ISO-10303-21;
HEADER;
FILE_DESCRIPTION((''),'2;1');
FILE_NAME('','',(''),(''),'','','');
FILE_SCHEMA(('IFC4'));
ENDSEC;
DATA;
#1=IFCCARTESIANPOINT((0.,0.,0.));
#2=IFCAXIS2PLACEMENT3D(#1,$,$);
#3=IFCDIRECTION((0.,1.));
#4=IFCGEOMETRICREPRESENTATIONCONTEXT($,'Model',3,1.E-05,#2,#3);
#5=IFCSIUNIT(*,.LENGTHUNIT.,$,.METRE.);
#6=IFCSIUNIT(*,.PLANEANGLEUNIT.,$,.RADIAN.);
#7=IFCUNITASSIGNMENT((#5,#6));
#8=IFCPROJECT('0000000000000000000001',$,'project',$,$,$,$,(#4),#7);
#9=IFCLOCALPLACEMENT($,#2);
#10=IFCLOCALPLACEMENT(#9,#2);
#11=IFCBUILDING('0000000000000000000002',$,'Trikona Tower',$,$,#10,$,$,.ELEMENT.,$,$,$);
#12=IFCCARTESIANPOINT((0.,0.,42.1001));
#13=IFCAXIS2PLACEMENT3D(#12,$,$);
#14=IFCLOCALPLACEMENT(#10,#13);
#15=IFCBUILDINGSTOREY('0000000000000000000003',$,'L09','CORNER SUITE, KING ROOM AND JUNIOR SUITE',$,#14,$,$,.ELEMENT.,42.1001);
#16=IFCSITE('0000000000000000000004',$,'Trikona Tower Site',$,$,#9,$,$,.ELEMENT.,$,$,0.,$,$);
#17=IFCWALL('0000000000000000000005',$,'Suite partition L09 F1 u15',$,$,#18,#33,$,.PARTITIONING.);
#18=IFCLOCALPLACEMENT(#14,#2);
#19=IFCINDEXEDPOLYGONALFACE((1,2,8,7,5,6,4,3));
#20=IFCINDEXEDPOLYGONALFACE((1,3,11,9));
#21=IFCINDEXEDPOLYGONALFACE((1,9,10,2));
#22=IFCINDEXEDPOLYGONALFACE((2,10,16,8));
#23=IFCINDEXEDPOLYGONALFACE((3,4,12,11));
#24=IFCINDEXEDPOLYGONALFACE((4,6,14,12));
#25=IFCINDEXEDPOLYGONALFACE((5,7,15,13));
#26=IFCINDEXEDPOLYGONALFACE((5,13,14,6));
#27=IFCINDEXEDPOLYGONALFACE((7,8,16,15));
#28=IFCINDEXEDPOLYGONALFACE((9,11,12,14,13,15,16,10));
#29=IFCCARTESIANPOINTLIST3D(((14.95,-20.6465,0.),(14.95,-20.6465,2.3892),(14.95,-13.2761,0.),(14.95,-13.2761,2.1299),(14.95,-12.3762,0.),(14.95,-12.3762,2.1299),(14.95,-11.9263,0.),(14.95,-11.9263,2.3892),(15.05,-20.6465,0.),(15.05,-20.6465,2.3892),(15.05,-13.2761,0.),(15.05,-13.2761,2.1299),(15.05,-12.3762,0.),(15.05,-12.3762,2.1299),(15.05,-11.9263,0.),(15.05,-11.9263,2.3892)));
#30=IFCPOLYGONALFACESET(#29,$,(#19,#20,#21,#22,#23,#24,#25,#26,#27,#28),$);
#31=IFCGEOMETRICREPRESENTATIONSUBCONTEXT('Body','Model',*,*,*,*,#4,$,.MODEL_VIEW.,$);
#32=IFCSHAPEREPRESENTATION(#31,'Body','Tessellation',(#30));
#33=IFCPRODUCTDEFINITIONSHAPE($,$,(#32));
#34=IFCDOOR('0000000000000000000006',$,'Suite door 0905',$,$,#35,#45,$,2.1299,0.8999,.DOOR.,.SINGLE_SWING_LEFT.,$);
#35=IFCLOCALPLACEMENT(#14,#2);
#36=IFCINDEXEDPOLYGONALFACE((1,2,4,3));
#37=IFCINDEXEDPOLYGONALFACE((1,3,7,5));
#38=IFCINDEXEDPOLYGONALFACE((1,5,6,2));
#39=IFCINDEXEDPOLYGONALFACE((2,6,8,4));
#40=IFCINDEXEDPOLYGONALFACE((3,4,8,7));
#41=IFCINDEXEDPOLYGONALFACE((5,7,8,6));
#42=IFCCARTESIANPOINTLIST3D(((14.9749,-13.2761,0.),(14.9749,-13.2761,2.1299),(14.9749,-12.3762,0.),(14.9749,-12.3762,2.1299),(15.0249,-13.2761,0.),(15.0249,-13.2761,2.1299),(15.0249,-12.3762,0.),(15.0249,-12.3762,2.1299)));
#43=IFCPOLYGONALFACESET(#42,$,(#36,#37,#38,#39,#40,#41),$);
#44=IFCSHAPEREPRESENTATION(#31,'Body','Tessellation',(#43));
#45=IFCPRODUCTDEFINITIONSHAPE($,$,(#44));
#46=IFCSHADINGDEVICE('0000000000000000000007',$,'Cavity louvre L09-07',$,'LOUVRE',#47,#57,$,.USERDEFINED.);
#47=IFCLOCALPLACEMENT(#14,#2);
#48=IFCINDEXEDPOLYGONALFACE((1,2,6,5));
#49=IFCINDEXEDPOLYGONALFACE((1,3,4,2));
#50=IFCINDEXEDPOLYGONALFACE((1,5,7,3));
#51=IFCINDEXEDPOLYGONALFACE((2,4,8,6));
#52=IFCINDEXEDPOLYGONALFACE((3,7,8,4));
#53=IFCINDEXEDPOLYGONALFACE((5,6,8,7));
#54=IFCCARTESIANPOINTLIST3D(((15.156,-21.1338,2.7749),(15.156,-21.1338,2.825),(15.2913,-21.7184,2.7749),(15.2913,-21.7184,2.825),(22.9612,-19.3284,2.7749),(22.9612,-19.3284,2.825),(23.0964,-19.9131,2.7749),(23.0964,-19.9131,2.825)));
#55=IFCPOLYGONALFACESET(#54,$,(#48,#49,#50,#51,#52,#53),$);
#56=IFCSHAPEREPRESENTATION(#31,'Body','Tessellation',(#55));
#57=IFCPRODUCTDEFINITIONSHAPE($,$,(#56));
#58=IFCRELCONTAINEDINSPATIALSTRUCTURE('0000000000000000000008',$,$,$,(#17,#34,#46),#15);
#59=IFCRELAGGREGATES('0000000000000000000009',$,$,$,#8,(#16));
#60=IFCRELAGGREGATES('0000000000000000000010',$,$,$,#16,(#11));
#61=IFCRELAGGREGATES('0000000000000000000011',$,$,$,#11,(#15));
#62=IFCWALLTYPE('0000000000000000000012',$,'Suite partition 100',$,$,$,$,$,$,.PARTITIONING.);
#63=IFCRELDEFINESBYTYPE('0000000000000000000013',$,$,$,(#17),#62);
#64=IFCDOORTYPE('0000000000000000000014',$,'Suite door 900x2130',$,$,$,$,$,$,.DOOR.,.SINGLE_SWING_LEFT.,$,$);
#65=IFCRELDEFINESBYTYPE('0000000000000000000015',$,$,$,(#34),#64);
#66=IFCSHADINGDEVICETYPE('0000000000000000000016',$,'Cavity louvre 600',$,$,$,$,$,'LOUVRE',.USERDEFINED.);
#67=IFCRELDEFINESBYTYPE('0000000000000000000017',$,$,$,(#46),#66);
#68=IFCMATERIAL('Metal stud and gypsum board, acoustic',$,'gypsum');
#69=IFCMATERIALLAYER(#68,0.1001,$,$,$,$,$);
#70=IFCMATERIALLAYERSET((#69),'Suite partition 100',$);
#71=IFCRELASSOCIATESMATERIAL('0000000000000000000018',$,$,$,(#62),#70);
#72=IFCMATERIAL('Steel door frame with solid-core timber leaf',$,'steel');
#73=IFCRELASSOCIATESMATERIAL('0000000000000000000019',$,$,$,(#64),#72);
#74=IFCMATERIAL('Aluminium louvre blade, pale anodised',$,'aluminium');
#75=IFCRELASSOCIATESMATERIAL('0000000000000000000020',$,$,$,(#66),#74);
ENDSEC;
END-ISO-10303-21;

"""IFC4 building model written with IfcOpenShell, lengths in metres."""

from ifc_helpers import new_model, si_unit, direction, frame, frame_2d, origin, origin_2d, place, context, subcontext, project, spatial, rectangle, extrude, material, layer, layer_set, type_object, element, fill, save


model = new_model("IFC4")

# Units and contexts
model_context = context("Model", 3, precision=1e-05, world=origin(), true_north=direction((0.0, 1.0)))
body_context = subcontext(model_context, "Body", "Model", "MODEL_VIEW")
ifc_project = project(units=[si_unit("LENGTHUNIT", "METRE"), si_unit("PLANEANGLEUNIT", "RADIAN")], contexts=[model_context])

# Site, building, storey
site_placement = place(None, origin())
site = spatial("IfcSite", under=ifc_project, at=site_placement, Name="Trikona Tower Site", CompositionType="ELEMENT", RefElevation=0.0)
building_placement = place(site_placement, origin())
building = spatial("IfcBuilding", under=site, at=building_placement, Name="Trikona Tower", CompositionType="ELEMENT")
storey_placement = place(building_placement, frame((0.0, 0.0, 42.1001)))
storey = spatial("IfcBuildingStorey", under=building, at=storey_placement, Name="L09", Description="CORNER SUITE, KING ROOM AND JUNIOR SUITE", CompositionType="ELEMENT", Elevation=42.1001)

# Wall, opening, door
ifc_material_1 = material(Name="Metal stud and gypsum board, acoustic", Category="gypsum")
ifc_layer_1 = layer(ifc_material_1, 0.1001)
ifc_layer_set_1 = layer_set([ifc_layer_1], Name="Suite partition 100")
wall_type = type_object("IfcWallType", Name="Suite partition 100", PredefinedType="PARTITIONING", material=ifc_layer_set_1)
wall_placement = place(storey_placement, frame((15.0, -11.9263, 0.0), z_axis=(0.0, 0.0, 1.0), x_axis=(0.0, -1.0, 0.0)))
wall = element("IfcWall", 1, at=wall_placement, inside=storey, type_object=wall_type, Name="Suite partition L09 F1 u15", PredefinedType="PARTITIONING", context=body_context, shape_type="SweptSolid", body=[
    extrude(rectangle(XDim=8.7202, YDim=0.1001, at=frame_2d((4.3601, 0.0))), origin(), (0.0, 0.0, 1.0), 2.3892),
])
opening_placement = place(wall_placement, frame((0.45, 0.0, 0.0)))
opening = element("IfcOpeningElement", 2, at=opening_placement, cuts=wall, PredefinedType="OPENING", context=body_context, shape_type="SweptSolid", body=[
    extrude(rectangle(XDim=0.8999, YDim=2.1299, at=frame_2d((0.45, 1.0649))), frame((0.0, 0.0601, 0.0), z_axis=(0.0, -1.0, 0.0), x_axis=(1.0, 0.0, 0.0)), (0.0, 0.0, 1.0), 0.1201),
])
ifc_material_2 = material(Name="Steel door frame with solid-core timber leaf", Category="steel")
door_type = type_object("IfcDoorType", Name="Suite door 900x2130", OperationType="SINGLE_SWING_LEFT", PredefinedType="DOOR", material=ifc_material_2)
door_placement = place(opening_placement, origin())
door = element("IfcDoor", 3, at=door_placement, inside=storey, type_object=door_type, Name="Suite door 0905", OperationType="SINGLE_SWING_LEFT", OverallHeight=2.1299, OverallWidth=0.8999, PredefinedType="DOOR", context=body_context, shape_type="SweptSolid", body=[
    extrude(rectangle(XDim=0.8999, YDim=2.1299, at=frame_2d((0.45, 1.0649))), frame((0.0, 0.0249, 0.0), z_axis=(0.0, -1.0, 0.0), x_axis=(1.0, 0.0, 0.0)), (0.0, 0.0, 1.0), 0.05),
])
fill(opening, door)

# Shading device
ifc_material_3 = material(Name="Aluminium louvre blade, pale anodised", Category="aluminium")
shading_device_type = type_object("IfcShadingDeviceType", Name="Cavity louvre 600", ElementType="LOUVRE", PredefinedType="USERDEFINED", material=ifc_material_3)
shading_device_placement = place(storey_placement, frame((19.1262, -20.5234, 2.7749), z_axis=(0.0, 0.0, 1.0), x_axis=(0.974278, 0.225351, 0.0)))
element("IfcShadingDevice", 4, at=shading_device_placement, inside=storey, type_object=shading_device_type, Name="Cavity louvre L09-07", ObjectType="LOUVRE", PredefinedType="USERDEFINED", context=body_context, shape_type="SweptSolid", body=[
    extrude(rectangle(XDim=8.0112, YDim=0.6001, at=origin_2d()), origin(), (0.0, 0.0, 1.0), 0.05),
])

save(model, "model.ifc")
